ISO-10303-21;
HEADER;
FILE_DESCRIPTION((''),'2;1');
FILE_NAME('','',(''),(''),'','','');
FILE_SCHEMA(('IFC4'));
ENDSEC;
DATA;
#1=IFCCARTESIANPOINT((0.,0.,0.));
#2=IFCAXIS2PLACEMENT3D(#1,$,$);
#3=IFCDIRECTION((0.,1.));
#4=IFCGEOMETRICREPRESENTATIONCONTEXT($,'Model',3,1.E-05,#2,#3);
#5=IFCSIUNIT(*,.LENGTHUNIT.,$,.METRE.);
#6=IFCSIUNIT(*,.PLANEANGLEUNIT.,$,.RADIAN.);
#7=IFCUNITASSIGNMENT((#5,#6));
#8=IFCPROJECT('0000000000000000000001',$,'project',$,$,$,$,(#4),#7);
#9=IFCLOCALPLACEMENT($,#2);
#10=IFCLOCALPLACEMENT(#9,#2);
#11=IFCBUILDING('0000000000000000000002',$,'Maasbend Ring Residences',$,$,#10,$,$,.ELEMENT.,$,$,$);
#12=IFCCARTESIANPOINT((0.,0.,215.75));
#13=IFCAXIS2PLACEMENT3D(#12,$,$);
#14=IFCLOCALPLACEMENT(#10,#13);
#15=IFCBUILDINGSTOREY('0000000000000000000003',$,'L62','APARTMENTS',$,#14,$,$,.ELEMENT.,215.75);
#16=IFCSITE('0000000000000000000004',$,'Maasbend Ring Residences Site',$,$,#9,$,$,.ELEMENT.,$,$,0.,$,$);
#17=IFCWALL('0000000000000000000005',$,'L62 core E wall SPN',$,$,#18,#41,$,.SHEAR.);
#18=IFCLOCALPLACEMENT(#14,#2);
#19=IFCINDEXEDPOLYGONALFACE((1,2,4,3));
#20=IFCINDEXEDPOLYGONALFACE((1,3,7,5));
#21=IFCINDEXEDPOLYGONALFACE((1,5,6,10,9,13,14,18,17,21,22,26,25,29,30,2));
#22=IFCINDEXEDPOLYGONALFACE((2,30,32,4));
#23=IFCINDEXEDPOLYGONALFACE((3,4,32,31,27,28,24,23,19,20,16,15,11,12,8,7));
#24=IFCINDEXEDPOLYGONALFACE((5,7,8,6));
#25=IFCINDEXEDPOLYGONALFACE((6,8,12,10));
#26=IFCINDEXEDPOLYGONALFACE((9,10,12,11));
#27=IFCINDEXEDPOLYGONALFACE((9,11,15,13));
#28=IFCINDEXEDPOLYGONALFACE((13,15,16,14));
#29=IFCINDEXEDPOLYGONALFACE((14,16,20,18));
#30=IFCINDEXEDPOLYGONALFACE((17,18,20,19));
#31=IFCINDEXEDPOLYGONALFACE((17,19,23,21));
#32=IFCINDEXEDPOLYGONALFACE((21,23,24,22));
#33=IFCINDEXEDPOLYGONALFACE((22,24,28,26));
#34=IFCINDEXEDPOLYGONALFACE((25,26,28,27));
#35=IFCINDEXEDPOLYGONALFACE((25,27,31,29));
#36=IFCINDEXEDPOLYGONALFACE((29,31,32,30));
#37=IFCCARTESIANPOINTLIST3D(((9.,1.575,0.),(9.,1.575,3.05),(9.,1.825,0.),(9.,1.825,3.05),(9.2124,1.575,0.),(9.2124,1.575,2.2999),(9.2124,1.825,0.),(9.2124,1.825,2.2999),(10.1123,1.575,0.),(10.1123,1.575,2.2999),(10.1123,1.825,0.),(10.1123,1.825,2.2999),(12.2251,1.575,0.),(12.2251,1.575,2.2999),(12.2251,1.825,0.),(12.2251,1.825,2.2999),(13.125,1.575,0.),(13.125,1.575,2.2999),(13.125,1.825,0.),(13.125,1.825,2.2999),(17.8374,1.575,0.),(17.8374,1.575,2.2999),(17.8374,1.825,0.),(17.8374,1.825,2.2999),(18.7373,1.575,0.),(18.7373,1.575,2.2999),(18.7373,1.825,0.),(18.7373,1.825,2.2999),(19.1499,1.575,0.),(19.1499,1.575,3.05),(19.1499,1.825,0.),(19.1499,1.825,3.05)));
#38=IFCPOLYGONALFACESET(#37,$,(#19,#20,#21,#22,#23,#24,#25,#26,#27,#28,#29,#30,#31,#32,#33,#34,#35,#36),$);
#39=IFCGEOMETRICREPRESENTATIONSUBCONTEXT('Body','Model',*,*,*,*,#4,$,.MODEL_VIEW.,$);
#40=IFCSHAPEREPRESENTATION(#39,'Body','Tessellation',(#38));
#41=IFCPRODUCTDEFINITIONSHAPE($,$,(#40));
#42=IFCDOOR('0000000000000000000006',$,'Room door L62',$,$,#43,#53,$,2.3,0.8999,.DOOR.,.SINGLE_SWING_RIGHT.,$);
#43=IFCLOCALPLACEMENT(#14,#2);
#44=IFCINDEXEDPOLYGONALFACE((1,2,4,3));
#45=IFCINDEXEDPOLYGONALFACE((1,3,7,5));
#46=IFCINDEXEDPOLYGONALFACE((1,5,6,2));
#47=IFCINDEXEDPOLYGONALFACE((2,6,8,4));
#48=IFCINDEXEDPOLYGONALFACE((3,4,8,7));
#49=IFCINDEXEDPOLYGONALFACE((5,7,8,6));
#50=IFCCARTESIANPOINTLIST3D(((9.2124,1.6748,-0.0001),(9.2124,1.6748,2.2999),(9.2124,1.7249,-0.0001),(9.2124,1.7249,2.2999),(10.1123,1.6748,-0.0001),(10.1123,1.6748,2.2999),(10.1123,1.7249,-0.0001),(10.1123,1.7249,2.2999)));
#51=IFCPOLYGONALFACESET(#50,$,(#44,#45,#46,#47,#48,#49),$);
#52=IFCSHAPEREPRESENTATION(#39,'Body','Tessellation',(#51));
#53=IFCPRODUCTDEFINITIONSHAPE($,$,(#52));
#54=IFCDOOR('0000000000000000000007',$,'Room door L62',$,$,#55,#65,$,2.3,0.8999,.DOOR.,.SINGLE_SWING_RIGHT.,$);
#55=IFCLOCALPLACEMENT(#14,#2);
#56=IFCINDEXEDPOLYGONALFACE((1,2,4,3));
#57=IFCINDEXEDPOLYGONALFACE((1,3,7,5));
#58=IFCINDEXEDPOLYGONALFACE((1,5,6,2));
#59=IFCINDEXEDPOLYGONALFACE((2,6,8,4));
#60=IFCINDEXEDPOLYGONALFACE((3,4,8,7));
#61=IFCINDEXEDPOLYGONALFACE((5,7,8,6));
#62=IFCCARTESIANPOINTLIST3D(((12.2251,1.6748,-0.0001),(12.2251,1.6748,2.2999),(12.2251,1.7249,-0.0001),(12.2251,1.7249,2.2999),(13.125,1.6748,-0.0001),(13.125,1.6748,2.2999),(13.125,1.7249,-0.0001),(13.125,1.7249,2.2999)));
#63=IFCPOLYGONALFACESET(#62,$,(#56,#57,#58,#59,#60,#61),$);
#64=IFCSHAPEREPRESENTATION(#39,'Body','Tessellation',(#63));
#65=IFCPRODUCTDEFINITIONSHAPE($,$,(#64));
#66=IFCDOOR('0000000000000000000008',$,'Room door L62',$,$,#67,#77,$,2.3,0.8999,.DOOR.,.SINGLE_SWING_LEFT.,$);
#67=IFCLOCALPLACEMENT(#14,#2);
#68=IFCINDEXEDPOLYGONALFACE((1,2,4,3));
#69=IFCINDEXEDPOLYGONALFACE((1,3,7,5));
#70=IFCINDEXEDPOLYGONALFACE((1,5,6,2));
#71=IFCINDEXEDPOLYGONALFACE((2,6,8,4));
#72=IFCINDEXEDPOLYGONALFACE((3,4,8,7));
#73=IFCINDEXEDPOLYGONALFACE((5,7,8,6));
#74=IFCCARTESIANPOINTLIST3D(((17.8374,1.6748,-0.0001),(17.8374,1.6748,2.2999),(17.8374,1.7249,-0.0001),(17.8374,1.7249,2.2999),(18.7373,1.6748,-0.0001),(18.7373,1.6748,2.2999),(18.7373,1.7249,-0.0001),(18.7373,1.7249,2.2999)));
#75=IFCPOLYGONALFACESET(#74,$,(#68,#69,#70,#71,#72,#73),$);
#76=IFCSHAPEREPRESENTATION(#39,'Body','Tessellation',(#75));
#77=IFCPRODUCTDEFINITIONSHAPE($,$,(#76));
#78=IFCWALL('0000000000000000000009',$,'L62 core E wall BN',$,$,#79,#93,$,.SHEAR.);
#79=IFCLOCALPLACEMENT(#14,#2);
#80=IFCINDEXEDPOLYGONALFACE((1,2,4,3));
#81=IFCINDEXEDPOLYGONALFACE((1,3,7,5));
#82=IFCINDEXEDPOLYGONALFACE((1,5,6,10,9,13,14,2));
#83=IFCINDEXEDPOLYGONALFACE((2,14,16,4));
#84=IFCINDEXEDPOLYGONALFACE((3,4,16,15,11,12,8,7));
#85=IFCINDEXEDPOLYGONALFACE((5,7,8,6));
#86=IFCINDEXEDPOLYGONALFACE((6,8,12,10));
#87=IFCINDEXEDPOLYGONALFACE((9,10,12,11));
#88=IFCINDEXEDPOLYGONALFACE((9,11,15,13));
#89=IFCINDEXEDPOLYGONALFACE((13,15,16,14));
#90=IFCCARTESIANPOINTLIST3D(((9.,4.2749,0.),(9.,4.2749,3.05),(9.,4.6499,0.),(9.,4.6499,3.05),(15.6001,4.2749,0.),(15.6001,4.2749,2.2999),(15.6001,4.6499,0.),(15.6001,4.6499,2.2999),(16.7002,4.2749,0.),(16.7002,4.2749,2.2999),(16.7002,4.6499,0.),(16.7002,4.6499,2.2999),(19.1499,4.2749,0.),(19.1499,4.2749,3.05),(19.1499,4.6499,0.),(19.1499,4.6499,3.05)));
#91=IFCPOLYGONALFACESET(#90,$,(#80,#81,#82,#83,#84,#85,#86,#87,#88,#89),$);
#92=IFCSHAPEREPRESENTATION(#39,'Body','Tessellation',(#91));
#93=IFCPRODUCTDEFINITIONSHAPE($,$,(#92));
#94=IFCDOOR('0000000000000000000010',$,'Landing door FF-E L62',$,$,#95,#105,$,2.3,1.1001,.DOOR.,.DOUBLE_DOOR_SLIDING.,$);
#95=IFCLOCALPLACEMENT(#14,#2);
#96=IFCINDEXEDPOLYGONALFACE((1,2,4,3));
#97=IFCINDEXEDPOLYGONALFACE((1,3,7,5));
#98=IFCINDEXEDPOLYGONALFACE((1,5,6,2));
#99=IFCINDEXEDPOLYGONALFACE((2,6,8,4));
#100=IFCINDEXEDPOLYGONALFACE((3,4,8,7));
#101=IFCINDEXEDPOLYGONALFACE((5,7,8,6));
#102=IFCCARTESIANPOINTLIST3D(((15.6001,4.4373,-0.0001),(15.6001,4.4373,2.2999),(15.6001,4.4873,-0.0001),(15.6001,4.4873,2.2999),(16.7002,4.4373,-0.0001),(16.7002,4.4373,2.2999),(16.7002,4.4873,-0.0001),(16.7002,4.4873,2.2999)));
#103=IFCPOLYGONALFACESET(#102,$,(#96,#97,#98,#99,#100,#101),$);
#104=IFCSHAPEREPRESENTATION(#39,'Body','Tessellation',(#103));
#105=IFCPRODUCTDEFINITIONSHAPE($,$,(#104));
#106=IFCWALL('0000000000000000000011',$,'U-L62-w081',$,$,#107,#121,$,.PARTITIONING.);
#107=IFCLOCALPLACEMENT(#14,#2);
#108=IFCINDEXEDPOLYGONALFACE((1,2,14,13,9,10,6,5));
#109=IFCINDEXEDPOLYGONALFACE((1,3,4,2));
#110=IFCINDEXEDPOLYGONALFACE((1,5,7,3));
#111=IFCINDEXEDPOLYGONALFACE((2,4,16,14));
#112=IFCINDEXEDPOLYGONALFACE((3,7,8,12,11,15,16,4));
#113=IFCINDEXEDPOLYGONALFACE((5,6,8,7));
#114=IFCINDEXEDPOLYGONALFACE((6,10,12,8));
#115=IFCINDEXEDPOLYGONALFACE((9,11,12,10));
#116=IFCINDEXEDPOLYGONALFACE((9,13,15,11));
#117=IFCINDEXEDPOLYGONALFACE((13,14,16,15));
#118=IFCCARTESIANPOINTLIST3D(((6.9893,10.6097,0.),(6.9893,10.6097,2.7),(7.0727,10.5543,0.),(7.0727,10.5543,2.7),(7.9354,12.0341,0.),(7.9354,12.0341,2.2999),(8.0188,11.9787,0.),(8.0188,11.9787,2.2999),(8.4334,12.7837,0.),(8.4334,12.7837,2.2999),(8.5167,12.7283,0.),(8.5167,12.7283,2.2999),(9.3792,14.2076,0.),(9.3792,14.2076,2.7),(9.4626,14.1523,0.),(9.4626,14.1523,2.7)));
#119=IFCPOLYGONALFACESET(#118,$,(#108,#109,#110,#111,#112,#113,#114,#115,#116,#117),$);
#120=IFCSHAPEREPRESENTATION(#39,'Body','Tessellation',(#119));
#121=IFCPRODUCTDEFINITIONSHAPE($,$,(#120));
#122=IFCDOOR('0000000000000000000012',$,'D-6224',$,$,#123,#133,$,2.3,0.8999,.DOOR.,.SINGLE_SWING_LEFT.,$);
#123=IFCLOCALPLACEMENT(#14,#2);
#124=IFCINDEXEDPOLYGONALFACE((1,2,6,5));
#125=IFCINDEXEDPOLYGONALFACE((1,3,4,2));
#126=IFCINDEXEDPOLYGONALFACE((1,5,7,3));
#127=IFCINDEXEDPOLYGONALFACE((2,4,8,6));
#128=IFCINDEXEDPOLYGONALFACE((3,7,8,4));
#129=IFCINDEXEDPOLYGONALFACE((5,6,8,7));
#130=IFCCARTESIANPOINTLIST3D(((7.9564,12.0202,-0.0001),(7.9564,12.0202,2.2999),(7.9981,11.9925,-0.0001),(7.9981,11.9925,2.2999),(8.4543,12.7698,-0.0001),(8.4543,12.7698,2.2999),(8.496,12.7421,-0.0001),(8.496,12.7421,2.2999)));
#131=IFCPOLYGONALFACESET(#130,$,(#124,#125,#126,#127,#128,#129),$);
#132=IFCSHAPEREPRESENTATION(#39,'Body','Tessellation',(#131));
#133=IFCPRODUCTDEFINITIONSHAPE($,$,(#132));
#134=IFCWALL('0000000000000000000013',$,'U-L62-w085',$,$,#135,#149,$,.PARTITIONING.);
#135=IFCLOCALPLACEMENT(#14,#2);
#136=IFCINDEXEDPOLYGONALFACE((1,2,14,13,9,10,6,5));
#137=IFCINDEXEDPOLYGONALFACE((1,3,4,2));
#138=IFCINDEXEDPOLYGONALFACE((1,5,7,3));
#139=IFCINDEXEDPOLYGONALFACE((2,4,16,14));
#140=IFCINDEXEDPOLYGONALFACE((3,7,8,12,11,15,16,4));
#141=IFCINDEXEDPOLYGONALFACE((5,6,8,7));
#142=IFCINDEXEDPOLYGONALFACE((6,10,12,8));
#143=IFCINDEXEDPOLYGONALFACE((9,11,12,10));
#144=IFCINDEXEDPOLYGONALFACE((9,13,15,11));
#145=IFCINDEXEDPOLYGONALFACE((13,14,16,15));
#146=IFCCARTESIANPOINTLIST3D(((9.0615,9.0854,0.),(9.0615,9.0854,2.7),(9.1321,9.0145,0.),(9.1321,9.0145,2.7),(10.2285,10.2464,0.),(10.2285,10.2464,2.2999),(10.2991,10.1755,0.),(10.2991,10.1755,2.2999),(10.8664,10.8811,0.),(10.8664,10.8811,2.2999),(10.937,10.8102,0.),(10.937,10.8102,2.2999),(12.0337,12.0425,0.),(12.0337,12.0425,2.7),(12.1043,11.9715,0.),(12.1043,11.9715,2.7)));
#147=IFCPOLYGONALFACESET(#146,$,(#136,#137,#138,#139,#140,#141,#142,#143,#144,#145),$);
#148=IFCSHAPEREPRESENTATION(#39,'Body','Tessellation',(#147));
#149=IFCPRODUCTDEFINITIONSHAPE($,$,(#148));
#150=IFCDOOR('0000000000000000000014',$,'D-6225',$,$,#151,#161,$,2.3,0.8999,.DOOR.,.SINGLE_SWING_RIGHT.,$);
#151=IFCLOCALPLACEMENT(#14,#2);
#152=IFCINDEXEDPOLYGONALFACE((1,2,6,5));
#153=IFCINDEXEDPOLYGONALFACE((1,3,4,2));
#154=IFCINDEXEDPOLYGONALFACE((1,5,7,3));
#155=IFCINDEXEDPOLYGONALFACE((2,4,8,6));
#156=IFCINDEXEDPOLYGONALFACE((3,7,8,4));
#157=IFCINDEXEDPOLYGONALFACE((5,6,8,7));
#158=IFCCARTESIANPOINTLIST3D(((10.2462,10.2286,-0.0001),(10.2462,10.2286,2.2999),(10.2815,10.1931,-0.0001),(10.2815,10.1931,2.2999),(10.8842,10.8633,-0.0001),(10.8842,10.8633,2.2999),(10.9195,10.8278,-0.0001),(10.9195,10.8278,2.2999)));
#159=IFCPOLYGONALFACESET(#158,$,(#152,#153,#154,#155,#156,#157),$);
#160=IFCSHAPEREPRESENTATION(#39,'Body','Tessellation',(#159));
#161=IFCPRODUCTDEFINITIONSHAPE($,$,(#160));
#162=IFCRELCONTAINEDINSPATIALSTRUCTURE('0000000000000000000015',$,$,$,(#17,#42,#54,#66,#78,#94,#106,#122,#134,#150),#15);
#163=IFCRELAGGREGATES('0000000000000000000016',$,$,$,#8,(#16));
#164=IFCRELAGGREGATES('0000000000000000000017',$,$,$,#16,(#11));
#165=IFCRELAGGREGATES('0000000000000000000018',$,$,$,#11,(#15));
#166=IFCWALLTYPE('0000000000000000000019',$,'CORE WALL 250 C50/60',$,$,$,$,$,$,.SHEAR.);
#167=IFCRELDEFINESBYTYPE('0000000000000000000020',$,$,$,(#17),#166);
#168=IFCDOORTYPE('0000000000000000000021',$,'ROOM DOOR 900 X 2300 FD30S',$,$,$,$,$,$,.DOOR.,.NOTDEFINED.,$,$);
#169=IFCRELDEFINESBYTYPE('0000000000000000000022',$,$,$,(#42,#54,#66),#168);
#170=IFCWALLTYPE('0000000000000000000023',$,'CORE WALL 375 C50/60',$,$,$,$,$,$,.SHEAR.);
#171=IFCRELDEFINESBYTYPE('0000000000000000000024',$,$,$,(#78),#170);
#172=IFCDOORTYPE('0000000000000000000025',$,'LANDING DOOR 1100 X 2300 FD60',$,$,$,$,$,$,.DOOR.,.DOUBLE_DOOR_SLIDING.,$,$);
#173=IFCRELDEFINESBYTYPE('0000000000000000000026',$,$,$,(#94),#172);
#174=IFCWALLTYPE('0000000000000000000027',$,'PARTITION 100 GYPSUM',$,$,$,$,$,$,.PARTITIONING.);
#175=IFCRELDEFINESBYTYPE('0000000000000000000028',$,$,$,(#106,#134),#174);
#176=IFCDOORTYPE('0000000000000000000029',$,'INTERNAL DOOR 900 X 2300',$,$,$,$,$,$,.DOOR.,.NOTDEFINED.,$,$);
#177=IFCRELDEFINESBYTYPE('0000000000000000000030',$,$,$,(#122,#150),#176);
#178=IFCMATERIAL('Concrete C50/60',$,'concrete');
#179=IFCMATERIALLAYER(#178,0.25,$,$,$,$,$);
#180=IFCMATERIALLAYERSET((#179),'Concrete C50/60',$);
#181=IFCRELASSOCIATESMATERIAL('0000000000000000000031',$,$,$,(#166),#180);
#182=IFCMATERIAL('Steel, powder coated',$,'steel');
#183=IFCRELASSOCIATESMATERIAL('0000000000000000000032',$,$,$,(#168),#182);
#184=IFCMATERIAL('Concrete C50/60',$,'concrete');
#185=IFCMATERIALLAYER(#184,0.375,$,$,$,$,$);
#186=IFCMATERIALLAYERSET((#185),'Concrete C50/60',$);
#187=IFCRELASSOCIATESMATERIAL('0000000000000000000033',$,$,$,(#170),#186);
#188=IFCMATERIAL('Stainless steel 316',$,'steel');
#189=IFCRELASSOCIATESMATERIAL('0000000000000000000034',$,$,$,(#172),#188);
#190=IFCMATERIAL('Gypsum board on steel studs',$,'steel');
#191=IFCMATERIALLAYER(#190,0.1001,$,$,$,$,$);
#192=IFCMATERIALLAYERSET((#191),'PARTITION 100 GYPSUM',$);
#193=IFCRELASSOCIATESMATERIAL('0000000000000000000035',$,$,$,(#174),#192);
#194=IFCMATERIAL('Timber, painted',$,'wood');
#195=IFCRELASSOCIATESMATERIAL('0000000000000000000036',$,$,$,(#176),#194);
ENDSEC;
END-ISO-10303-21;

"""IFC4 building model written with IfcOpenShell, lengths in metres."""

from ifc_helpers import new_model, si_unit, direction, frame, frame_2d, origin, place, context, subcontext, project, spatial, rectangle, extrude, material, layer, layer_set, type_object, element, fill, save


model = new_model("IFC4")

# Units and contexts
model_context = context("Model", 3, precision=1e-05, world=origin(), true_north=direction((0.0, 1.0)))
body_context = subcontext(model_context, "Body", "Model", "MODEL_VIEW")
ifc_project = project(units=[si_unit("LENGTHUNIT", "METRE"), si_unit("PLANEANGLEUNIT", "RADIAN")], contexts=[model_context])

# Site, building, storey
site_placement = place(None, origin())
site = spatial("IfcSite", under=ifc_project, at=site_placement, Name="Maasbend Ring Residences Site", CompositionType="ELEMENT", RefElevation=0.0)
building_placement = place(site_placement, origin())
building = spatial("IfcBuilding", under=site, at=building_placement, Name="Maasbend Ring Residences", CompositionType="ELEMENT")
storey_placement = place(building_placement, frame((0.0, 0.0, 215.75)))
storey = spatial("IfcBuildingStorey", under=building, at=storey_placement, Name="L62", Description="APARTMENTS", CompositionType="ELEMENT", Elevation=215.75)

# Wall, openings, doors
ifc_material_1 = material(Name="Concrete C50/60", Category="concrete")
ifc_layer_1 = layer(ifc_material_1, 0.25)
ifc_layer_set_1 = layer_set([ifc_layer_1], Name="Concrete C50/60")
wall_type_1 = type_object("IfcWallType", Name="CORE WALL 250 C50/60", PredefinedType="SHEAR", material=ifc_layer_set_1)
wall_1_placement = place(storey_placement, frame((9.0, 1.7, 0.0), z_axis=(0.0, 0.0, 1.0), x_axis=(1.0, 0.0, 0.0)))
wall_1 = element("IfcWall", 1, at=wall_1_placement, inside=storey, type_object=wall_type_1, Name="L62 core E wall SPN", PredefinedType="SHEAR", context=body_context, shape_type="SweptSolid", body=[
    extrude(rectangle(XDim=10.1499, YDim=0.25, at=frame_2d((5.075, 0.0))), origin(), (0.0, 0.0, 1.0), 3.05),
])
opening_1_placement = place(wall_1_placement, frame((0.2124, 0.0, 0.0)))
opening_1 = element("IfcOpeningElement", 2, at=opening_1_placement, cuts=wall_1, PredefinedType="OPENING", context=body_context, shape_type="SweptSolid", body=[
    extrude(rectangle(XDim=0.8999, YDim=2.3, at=frame_2d((0.45, 1.1499))), frame((0.0, 0.135, 0.0), z_axis=(0.0, -1.0, 0.0), x_axis=(1.0, 0.0, 0.0)), (0.0, 0.0, 1.0), 0.27),
])
opening_2_placement = place(wall_1_placement, frame((3.2251, 0.0, 0.0)))
opening_2 = element("IfcOpeningElement", 3, at=opening_2_placement, cuts=wall_1, PredefinedType="OPENING", context=body_context, shape_type="SweptSolid", body=[
    extrude(rectangle(XDim=0.8999, YDim=2.3, at=frame_2d((0.45, 1.1499))), frame((0.0, 0.135, 0.0), z_axis=(0.0, -1.0, 0.0), x_axis=(1.0, 0.0, 0.0)), (0.0, 0.0, 1.0), 0.27),
])
opening_3_placement = place(wall_1_placement, frame((8.8374, 0.0, 0.0)))
opening_3 = element("IfcOpeningElement", 4, at=opening_3_placement, cuts=wall_1, PredefinedType="OPENING", context=body_context, shape_type="SweptSolid", body=[
    extrude(rectangle(XDim=0.8999, YDim=2.3, at=frame_2d((0.45, 1.1499))), frame((0.0, 0.135, 0.0), z_axis=(0.0, -1.0, 0.0), x_axis=(1.0, 0.0, 0.0)), (0.0, 0.0, 1.0), 0.27),
])
ifc_material_2 = material(Name="Steel, powder coated", Category="steel")
door_type_1 = type_object("IfcDoorType", Name="ROOM DOOR 900 X 2300 FD30S", OperationType="NOTDEFINED", PredefinedType="DOOR", material=ifc_material_2)
door_1_placement = place(opening_1_placement, origin())
door_1 = element("IfcDoor", 5, at=door_1_placement, inside=storey, type_object=door_type_1, Name="Room door L62", OperationType="SINGLE_SWING_RIGHT", OverallHeight=2.3, OverallWidth=0.8999, PredefinedType="DOOR", context=body_context, shape_type="SweptSolid", body=[
    extrude(rectangle(XDim=0.8999, YDim=2.3, at=frame_2d((0.45, 1.1499))), frame((0.0, 0.0249, 0.0), z_axis=(0.0, -1.0, 0.0), x_axis=(1.0, 0.0, 0.0)), (0.0, 0.0, 1.0), 0.05),
])
fill(opening_1, door_1)
door_2_placement = place(opening_2_placement, origin())
door_2 = element("IfcDoor", 6, at=door_2_placement, inside=storey, type_object=door_type_1, Name="Room door L62", OperationType="SINGLE_SWING_RIGHT", OverallHeight=2.3, OverallWidth=0.8999, PredefinedType="DOOR", context=body_context, shape_type="SweptSolid", body=[
    extrude(rectangle(XDim=0.8999, YDim=2.3, at=frame_2d((0.45, 1.1499))), frame((0.0, 0.0249, 0.0), z_axis=(0.0, -1.0, 0.0), x_axis=(1.0, 0.0, 0.0)), (0.0, 0.0, 1.0), 0.05),
])
fill(opening_2, door_2)
door_3_placement = place(opening_3_placement, origin())
door_3 = element("IfcDoor", 7, at=door_3_placement, inside=storey, type_object=door_type_1, Name="Room door L62", OperationType="SINGLE_SWING_LEFT", OverallHeight=2.3, OverallWidth=0.8999, PredefinedType="DOOR", context=body_context, shape_type="SweptSolid", body=[
    extrude(rectangle(XDim=0.8999, YDim=2.3, at=frame_2d((0.45, 1.1499))), frame((0.0, 0.0249, 0.0), z_axis=(0.0, -1.0, 0.0), x_axis=(1.0, 0.0, 0.0)), (0.0, 0.0, 1.0), 0.05),
])
fill(opening_3, door_3)

# Walls, openings, doors
ifc_material_3 = material(Name="Concrete C50/60", Category="concrete")
ifc_layer_2 = layer(ifc_material_3, 0.375)
ifc_layer_set_2 = layer_set([ifc_layer_2], Name="Concrete C50/60")
wall_type_2 = type_object("IfcWallType", Name="CORE WALL 375 C50/60", PredefinedType="SHEAR", material=ifc_layer_set_2)
wall_2_placement = place(storey_placement, frame((9.0, 4.4624, 0.0), z_axis=(0.0, 0.0, 1.0), x_axis=(1.0, 0.0, 0.0)))
wall_2 = element("IfcWall", 8, at=wall_2_placement, inside=storey, type_object=wall_type_2, Name="L62 core E wall BN", PredefinedType="SHEAR", context=body_context, shape_type="SweptSolid", body=[
    extrude(rectangle(XDim=10.1499, YDim=0.375, at=frame_2d((5.075, 0.0))), origin(), (0.0, 0.0, 1.0), 3.05),
])
opening_4_placement = place(wall_2_placement, frame((6.6001, 0.0, 0.0)))
opening_4 = element("IfcOpeningElement", 9, at=opening_4_placement, cuts=wall_2, PredefinedType="OPENING", context=body_context, shape_type="SweptSolid", body=[
    extrude(rectangle(XDim=1.1001, YDim=2.3, at=frame_2d((0.55, 1.1499))), frame((0.0, 0.1975, 0.0), z_axis=(0.0, -1.0, 0.0), x_axis=(1.0, 0.0, 0.0)), (0.0, 0.0, 1.0), 0.395),
])
ifc_material_4 = material(Name="Stainless steel 316", Category="steel")
door_type_2 = type_object("IfcDoorType", Name="LANDING DOOR 1100 X 2300 FD60", OperationType="DOUBLE_DOOR_SLIDING", PredefinedType="DOOR", material=ifc_material_4)
door_4_placement = place(opening_4_placement, origin())
door_4 = element("IfcDoor", 10, at=door_4_placement, inside=storey, type_object=door_type_2, Name="Landing door FF-E L62", OperationType="DOUBLE_DOOR_SLIDING", OverallHeight=2.3, OverallWidth=1.1001, PredefinedType="DOOR", context=body_context, shape_type="SweptSolid", body=[
    extrude(rectangle(XDim=1.1001, YDim=2.3, at=frame_2d((0.55, 1.1499))), frame((0.0, 0.0249, 0.0), z_axis=(0.0, -1.0, 0.0), x_axis=(1.0, 0.0, 0.0)), (0.0, 0.0, 1.0), 0.05),
])
fill(opening_4, door_4)
ifc_material_5 = material(Name="Gypsum board on steel studs", Category="steel")
ifc_layer_3 = layer(ifc_material_5, 0.1001)
ifc_layer_set_3 = layer_set([ifc_layer_3], Name="PARTITION 100 GYPSUM")
wall_type_3 = type_object("IfcWallType", Name="PARTITION 100 GYPSUM", PredefinedType="PARTITIONING", material=ifc_layer_set_3)
wall_3_placement = place(storey_placement, frame((7.031, 10.582, 0.0), z_axis=(0.0, 0.0, 1.0), x_axis=(0.553304, 0.83298, 0.0)))
wall_3 = element("IfcWall", 11, at=wall_3_placement, inside=storey, type_object=wall_type_3, Name="U-L62-w081", PredefinedType="PARTITIONING", context=body_context, shape_type="SweptSolid", body=[
    extrude(rectangle(XDim=4.3193, YDim=0.1001, at=frame_2d((2.1597, 0.0))), origin(), (0.0, 0.0, 1.0), 2.7),
])
opening_5_placement = place(wall_3_placement, frame((1.71, 0.0, 0.0)))
opening_5 = element("IfcOpeningElement", 12, at=opening_5_placement, cuts=wall_3, PredefinedType="OPENING", context=body_context, shape_type="SweptSolid", body=[
    extrude(rectangle(XDim=0.8999, YDim=2.3, at=frame_2d((0.45, 1.1499))), frame((0.0, 0.0601, 0.0), z_axis=(0.0, -1.0, 0.0), x_axis=(1.0, 0.0, 0.0)), (0.0, 0.0, 1.0), 0.1201),
])
ifc_material_6 = material(Name="Timber, painted", Category="wood")
door_type_3 = type_object("IfcDoorType", Name="INTERNAL DOOR 900 X 2300", OperationType="NOTDEFINED", PredefinedType="DOOR", material=ifc_material_6)
door_5_placement = place(opening_5_placement, origin())
door_5 = element("IfcDoor", 13, at=door_5_placement, inside=storey, type_object=door_type_3, Name="D-6224", OperationType="SINGLE_SWING_LEFT", OverallHeight=2.3, OverallWidth=0.8999, PredefinedType="DOOR", context=body_context, shape_type="SweptSolid", body=[
    extrude(rectangle(XDim=0.8999, YDim=2.3, at=frame_2d((0.45, 1.1499))), frame((0.0, 0.0249, 0.0), z_axis=(0.0, -1.0, 0.0), x_axis=(1.0, 0.0, 0.0)), (0.0, 0.0, 1.0), 0.05),
])
fill(opening_5, door_5)
wall_4_placement = place(storey_placement, frame((9.0969, 9.05, 0.0), z_axis=(0.0, 0.0, 1.0), x_axis=(0.70891, 0.705299, 0.0)))
wall_4 = element("IfcWall", 14, at=wall_4_placement, inside=storey, type_object=wall_type_3, Name="U-L62-w085", PredefinedType="PARTITIONING", context=body_context, shape_type="SweptSolid", body=[
    extrude(rectangle(XDim=4.1926, YDim=0.1001, at=frame_2d((2.0962, 0.0))), origin(), (0.0, 0.0, 1.0), 2.7),
])
opening_6_placement = place(wall_4_placement, frame((1.646, 0.0, 0.0)))
opening_6 = element("IfcOpeningElement", 15, at=opening_6_placement, cuts=wall_4, PredefinedType="OPENING", context=body_context, shape_type="SweptSolid", body=[
    extrude(rectangle(XDim=0.8999, YDim=2.3, at=frame_2d((0.45, 1.1499))), frame((0.0, 0.0601, 0.0), z_axis=(0.0, -1.0, 0.0), x_axis=(1.0, 0.0, 0.0)), (0.0, 0.0, 1.0), 0.1201),
])
door_6_placement = place(opening_6_placement, origin())
door_6 = element("IfcDoor", 16, at=door_6_placement, inside=storey, type_object=door_type_3, Name="D-6225", OperationType="SINGLE_SWING_RIGHT", OverallHeight=2.3, OverallWidth=0.8999, PredefinedType="DOOR", context=body_context, shape_type="SweptSolid", body=[
    extrude(rectangle(XDim=0.8999, YDim=2.3, at=frame_2d((0.45, 1.1499))), frame((0.0, 0.0249, 0.0), z_axis=(0.0, -1.0, 0.0), x_axis=(1.0, 0.0, 0.0)), (0.0, 0.0, 1.0), 0.05),
])
fill(opening_6, door_6)

save(model, "model.ifc")
